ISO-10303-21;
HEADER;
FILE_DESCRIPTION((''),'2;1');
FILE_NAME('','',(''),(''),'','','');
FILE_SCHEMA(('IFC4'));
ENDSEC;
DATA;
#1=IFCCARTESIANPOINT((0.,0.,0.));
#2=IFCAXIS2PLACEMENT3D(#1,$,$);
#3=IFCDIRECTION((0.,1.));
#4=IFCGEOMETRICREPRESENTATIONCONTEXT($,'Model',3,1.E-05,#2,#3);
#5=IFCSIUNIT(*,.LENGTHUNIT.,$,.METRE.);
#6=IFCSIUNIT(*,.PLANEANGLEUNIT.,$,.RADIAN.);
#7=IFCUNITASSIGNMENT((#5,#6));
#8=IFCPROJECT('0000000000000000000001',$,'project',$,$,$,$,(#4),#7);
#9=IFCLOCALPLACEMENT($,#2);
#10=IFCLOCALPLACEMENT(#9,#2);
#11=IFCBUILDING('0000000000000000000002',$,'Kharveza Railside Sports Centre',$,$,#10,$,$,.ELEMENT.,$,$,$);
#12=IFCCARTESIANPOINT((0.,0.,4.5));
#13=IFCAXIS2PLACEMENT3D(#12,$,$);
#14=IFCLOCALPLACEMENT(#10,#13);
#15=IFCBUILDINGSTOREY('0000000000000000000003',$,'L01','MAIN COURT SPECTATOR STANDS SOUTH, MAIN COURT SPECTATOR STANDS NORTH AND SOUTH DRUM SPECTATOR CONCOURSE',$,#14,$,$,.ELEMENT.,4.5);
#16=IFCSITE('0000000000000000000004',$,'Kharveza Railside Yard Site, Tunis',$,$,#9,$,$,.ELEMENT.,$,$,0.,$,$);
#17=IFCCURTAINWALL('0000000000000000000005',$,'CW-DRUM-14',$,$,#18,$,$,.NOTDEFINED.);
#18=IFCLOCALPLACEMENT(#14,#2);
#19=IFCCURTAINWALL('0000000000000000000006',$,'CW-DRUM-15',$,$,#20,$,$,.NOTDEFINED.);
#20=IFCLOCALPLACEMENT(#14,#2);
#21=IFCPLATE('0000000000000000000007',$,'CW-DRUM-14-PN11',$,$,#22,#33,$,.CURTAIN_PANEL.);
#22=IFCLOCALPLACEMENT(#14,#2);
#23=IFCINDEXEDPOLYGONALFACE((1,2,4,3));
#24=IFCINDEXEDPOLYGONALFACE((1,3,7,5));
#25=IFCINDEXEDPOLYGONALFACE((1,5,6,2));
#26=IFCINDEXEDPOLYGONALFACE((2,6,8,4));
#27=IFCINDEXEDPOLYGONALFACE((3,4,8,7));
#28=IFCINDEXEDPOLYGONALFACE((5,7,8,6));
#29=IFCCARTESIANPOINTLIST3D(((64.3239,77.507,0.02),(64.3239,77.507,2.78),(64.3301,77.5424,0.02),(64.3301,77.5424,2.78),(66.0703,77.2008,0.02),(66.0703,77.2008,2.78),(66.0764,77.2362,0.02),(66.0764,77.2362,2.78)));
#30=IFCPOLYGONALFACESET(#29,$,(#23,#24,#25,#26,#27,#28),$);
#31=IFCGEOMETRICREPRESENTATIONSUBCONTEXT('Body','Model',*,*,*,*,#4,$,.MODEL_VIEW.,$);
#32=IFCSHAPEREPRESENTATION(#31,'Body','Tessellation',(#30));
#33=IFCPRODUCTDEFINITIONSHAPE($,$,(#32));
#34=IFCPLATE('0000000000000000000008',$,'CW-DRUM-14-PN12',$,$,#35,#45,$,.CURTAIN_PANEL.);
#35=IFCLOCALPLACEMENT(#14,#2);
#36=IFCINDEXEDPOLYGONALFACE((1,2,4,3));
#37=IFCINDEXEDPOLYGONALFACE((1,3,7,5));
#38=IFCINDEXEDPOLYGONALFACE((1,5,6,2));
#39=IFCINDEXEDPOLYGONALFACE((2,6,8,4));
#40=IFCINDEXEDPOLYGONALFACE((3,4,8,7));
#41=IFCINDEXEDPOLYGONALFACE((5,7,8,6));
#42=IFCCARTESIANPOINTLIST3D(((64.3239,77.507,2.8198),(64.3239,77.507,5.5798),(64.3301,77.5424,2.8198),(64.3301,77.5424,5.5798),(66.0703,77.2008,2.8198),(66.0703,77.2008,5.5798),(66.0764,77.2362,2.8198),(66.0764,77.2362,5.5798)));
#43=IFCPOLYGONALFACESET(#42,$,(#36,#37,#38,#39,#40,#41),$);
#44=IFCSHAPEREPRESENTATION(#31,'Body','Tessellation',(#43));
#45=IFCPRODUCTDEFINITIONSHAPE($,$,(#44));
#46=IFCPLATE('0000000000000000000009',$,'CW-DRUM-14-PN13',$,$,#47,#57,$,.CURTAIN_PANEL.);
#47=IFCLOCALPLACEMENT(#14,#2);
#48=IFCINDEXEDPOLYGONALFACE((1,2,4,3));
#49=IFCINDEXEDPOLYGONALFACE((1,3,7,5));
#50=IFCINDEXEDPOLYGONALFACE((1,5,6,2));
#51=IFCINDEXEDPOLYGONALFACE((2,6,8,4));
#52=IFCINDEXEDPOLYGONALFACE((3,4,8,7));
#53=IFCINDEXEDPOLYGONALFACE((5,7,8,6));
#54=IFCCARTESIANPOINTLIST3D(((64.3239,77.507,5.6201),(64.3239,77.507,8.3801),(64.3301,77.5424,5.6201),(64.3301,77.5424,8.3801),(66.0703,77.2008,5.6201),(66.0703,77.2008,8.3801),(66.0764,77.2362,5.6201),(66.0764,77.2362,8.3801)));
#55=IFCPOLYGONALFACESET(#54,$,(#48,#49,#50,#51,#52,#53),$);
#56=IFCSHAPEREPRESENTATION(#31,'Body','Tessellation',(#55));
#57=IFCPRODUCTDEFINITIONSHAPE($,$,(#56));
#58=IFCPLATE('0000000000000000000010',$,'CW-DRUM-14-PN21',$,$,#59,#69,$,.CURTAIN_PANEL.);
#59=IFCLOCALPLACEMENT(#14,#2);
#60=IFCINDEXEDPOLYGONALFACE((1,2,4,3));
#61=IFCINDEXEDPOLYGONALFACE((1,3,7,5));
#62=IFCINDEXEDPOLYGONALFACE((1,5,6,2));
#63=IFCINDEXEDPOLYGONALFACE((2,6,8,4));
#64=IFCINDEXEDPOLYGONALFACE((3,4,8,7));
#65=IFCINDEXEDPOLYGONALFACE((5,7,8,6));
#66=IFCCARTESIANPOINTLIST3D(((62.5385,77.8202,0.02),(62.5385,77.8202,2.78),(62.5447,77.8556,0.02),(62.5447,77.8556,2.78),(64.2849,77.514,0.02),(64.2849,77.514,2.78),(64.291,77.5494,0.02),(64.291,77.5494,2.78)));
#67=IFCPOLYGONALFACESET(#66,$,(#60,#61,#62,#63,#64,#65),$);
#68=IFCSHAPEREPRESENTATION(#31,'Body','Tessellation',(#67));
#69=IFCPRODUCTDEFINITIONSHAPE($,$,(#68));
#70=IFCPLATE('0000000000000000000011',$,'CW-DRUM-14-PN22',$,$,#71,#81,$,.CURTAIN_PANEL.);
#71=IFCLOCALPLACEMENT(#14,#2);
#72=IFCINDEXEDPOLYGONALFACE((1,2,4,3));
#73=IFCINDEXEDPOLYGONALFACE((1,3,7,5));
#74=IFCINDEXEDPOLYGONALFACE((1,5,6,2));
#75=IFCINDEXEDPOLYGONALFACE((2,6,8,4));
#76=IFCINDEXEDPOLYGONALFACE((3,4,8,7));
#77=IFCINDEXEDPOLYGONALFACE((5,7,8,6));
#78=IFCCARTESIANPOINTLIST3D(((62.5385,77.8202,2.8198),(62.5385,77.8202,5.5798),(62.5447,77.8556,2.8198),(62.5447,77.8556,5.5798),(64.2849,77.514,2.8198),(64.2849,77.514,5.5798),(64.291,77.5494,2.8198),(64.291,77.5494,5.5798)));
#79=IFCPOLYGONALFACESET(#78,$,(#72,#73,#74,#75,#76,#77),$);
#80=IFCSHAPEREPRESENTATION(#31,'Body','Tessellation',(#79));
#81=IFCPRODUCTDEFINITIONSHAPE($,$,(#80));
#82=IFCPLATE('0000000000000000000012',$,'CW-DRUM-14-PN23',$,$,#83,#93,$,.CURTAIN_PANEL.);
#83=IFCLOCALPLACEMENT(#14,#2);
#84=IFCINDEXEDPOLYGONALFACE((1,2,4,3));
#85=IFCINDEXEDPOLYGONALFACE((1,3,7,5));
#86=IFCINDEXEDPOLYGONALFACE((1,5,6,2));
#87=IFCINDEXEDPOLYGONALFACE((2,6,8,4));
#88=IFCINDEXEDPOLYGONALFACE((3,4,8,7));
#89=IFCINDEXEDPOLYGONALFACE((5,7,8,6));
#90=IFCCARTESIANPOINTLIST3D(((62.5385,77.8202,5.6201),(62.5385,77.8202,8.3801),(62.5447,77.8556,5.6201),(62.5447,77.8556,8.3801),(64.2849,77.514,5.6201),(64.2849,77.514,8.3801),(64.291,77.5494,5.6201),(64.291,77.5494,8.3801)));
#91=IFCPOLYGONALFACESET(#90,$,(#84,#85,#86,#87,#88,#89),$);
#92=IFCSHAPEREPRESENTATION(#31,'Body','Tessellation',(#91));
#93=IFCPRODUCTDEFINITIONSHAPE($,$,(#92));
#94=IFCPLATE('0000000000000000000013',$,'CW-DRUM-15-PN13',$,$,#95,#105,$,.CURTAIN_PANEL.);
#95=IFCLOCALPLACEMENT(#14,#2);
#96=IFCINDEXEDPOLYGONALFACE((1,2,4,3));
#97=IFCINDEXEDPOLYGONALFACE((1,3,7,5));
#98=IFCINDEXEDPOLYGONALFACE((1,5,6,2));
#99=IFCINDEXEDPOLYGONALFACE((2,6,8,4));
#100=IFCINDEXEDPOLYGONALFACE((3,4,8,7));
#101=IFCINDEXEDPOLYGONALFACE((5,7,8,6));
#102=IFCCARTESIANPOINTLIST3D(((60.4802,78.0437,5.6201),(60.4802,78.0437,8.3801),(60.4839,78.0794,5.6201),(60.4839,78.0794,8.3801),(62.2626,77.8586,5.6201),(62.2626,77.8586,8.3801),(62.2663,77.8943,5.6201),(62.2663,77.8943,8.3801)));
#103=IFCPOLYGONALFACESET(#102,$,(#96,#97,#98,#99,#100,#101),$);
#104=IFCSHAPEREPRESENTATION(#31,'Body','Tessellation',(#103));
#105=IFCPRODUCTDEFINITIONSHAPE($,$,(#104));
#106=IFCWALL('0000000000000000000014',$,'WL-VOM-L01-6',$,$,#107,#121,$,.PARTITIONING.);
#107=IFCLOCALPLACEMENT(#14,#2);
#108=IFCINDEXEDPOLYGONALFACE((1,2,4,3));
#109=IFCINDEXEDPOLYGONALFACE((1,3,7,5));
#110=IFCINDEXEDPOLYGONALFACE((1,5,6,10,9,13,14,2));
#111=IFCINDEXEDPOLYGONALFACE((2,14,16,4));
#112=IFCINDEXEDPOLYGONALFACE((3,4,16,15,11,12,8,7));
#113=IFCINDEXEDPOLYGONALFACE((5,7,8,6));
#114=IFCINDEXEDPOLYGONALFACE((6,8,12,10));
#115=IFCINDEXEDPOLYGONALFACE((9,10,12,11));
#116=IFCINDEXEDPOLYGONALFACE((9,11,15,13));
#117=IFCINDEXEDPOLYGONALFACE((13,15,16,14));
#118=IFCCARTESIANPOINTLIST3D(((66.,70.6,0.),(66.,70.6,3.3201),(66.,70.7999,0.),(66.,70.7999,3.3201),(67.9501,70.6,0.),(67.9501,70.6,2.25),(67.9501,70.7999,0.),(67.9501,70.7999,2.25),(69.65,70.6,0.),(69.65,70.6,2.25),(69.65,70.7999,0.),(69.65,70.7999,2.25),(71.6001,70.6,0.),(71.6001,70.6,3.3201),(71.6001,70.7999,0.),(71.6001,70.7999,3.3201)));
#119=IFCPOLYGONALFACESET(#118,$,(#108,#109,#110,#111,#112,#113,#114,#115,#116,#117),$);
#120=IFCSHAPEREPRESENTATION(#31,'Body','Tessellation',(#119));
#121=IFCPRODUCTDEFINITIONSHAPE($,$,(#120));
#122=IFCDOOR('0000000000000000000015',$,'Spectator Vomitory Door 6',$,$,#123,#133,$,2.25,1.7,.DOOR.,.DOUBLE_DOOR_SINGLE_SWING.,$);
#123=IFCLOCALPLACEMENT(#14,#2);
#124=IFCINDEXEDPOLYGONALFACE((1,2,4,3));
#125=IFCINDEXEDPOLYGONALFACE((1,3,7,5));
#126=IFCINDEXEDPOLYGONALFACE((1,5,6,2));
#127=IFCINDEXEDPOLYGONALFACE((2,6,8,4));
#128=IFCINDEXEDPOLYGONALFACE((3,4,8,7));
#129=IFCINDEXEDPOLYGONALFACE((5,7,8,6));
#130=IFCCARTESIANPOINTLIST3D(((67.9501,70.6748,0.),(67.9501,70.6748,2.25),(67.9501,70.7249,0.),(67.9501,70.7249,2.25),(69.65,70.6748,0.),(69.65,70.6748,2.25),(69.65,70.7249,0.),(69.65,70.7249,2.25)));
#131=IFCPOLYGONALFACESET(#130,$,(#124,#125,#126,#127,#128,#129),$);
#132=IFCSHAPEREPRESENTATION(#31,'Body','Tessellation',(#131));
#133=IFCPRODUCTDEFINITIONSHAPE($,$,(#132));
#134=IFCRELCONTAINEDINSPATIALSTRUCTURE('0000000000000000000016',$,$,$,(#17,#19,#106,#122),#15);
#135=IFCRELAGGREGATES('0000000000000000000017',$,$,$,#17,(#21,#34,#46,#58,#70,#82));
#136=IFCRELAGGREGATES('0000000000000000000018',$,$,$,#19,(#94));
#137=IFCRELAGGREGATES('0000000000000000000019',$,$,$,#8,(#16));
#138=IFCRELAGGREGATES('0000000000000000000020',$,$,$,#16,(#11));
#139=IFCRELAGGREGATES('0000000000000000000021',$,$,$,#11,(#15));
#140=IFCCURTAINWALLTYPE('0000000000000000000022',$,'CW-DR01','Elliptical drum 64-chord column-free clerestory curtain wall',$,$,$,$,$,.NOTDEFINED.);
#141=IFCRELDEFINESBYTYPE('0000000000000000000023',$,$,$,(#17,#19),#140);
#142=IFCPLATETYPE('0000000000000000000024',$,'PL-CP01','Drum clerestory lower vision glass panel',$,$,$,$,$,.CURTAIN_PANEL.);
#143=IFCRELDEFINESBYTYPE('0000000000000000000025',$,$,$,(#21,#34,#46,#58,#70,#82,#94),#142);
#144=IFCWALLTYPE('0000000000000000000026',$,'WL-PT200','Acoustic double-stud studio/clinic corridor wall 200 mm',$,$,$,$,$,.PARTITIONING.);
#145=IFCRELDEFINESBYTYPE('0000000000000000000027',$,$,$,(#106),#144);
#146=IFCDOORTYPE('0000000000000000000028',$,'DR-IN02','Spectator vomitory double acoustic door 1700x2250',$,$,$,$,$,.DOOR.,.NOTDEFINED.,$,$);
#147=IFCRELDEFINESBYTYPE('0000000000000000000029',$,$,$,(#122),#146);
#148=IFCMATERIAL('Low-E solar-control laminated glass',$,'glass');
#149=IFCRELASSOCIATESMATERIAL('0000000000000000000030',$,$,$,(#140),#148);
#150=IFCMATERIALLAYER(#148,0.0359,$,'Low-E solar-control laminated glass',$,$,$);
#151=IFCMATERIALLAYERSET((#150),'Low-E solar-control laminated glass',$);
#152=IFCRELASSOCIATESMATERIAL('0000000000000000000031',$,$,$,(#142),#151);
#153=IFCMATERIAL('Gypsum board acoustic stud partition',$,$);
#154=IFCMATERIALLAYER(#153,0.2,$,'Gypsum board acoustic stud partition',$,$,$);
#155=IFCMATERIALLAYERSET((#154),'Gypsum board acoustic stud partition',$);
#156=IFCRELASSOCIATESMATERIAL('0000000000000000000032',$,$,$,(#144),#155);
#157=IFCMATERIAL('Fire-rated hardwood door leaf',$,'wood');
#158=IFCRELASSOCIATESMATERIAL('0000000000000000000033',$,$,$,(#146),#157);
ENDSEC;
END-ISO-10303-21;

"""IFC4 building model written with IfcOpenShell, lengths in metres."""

from ifc_helpers import new_model, si_unit, direction, frame, frame_2d, origin, origin_2d, place, context, subcontext, project, spatial, rectangle, extrude, material, layer, layer_set, type_object, element, fill, aggregate, save


model = new_model("IFC4")

# Units and contexts
model_context = context("Model", 3, precision=1e-05, world=origin(), true_north=direction((0.0, 1.0)))
body_context = subcontext(model_context, "Body", "Model", "MODEL_VIEW")
ifc_project = project(units=[si_unit("LENGTHUNIT", "METRE"), si_unit("PLANEANGLEUNIT", "RADIAN")], contexts=[model_context])

# Site, building, storey
site_placement = place(None, origin())
site = spatial("IfcSite", under=ifc_project, at=site_placement, Name="Kharveza Railside Yard Site, Tunis", CompositionType="ELEMENT", RefElevation=0.0)
building_placement = place(site_placement, origin())
building = spatial("IfcBuilding", under=site, at=building_placement, Name="Kharveza Railside Sports Centre", CompositionType="ELEMENT")
storey_placement = place(building_placement, frame((0.0, 0.0, 4.5)))
storey = spatial("IfcBuildingStorey", under=building, at=storey_placement, Name="L01", Description="MAIN COURT SPECTATOR STANDS SOUTH, MAIN COURT SPECTATOR STANDS NORTH AND SOUTH DRUM SPECTATOR CONCOURSE", CompositionType="ELEMENT", Elevation=4.5)

# Curtain wall
ifc_material_1 = material(Name="Low-E solar-control laminated glass", Category="glass")
curtain_wall_type = type_object("IfcCurtainWallType", Name="CW-DR01", Description="Elliptical drum 64-chord column-free clerestory curtain wall", PredefinedType="NOTDEFINED", material=ifc_material_1)
curtain_wall_1_placement = place(storey_placement, origin())
curtain_wall_1 = element("IfcCurtainWall", 1, at=curtain_wall_1_placement, inside=storey, type_object=curtain_wall_type, Name="CW-DRUM-14", PredefinedType="NOTDEFINED")

# Curtain wall
curtain_wall_2_placement = place(storey_placement, origin())
curtain_wall_2 = element("IfcCurtainWall", 2, at=curtain_wall_2_placement, inside=storey, type_object=curtain_wall_type, Name="CW-DRUM-15", PredefinedType="NOTDEFINED")

# Plates
ifc_layer_1 = layer(ifc_material_1, 0.0359, Name="Low-E solar-control laminated glass")
ifc_layer_set_1 = layer_set([ifc_layer_1], Name="Low-E solar-control laminated glass")
plate_type = type_object("IfcPlateType", Name="PL-CP01", Description="Drum clerestory lower vision glass panel", PredefinedType="CURTAIN_PANEL", material=ifc_layer_set_1)
plate_1_placement = place(storey_placement, frame((65.2002, 77.3716, 0.02), z_axis=(0.0, 0.0, 1.0), x_axis=(-0.984974, 0.172703, 0.0)))
plate_1 = element("IfcPlate", 3, at=plate_1_placement, type_object=plate_type, Name="CW-DRUM-14-PN11", PredefinedType="CURTAIN_PANEL", context=body_context, shape_type="SweptSolid", body=[
    extrude(rectangle(XDim=1.7729, YDim=0.0359, at=origin_2d()), origin(), (0.0, 0.0, 1.0), 2.76),
])
plate_2_placement = place(storey_placement, frame((65.2002, 77.3716, 2.8198), z_axis=(0.0, 0.0, 1.0), x_axis=(-0.984974, 0.172703, 0.0)))
plate_2 = element("IfcPlate", 4, at=plate_2_placement, type_object=plate_type, Name="CW-DRUM-14-PN12", PredefinedType="CURTAIN_PANEL", context=body_context, shape_type="SweptSolid", body=[
    extrude(rectangle(XDim=1.7729, YDim=0.0359, at=origin_2d()), origin(), (0.0, 0.0, 1.0), 2.76),
])
plate_3_placement = place(storey_placement, frame((65.2002, 77.3716, 5.6201), z_axis=(0.0, 0.0, 1.0), x_axis=(-0.984974, 0.172703, 0.0)))
plate_3 = element("IfcPlate", 5, at=plate_3_placement, type_object=plate_type, Name="CW-DRUM-14-PN13", PredefinedType="CURTAIN_PANEL", context=body_context, shape_type="SweptSolid", body=[
    extrude(rectangle(XDim=1.7729, YDim=0.0359, at=origin_2d()), origin(), (0.0, 0.0, 1.0), 2.76),
])
plate_4_placement = place(storey_placement, frame((63.4148, 77.6848, 0.02), z_axis=(0.0, 0.0, 1.0), x_axis=(-0.984974, 0.172703, 0.0)))
plate_4 = element("IfcPlate", 6, at=plate_4_placement, type_object=plate_type, Name="CW-DRUM-14-PN21", PredefinedType="CURTAIN_PANEL", context=body_context, shape_type="SweptSolid", body=[
    extrude(rectangle(XDim=1.7729, YDim=0.0359, at=origin_2d()), origin(), (0.0, 0.0, 1.0), 2.76),
])
plate_5_placement = place(storey_placement, frame((63.4148, 77.6848, 2.8198), z_axis=(0.0, 0.0, 1.0), x_axis=(-0.984974, 0.172703, 0.0)))
plate_5 = element("IfcPlate", 7, at=plate_5_placement, type_object=plate_type, Name="CW-DRUM-14-PN22", PredefinedType="CURTAIN_PANEL", context=body_context, shape_type="SweptSolid", body=[
    extrude(rectangle(XDim=1.7729, YDim=0.0359, at=origin_2d()), origin(), (0.0, 0.0, 1.0), 2.76),
])
plate_6_placement = place(storey_placement, frame((63.4148, 77.6848, 5.6201), z_axis=(0.0, 0.0, 1.0), x_axis=(-0.984974, 0.172703, 0.0)))
plate_6 = element("IfcPlate", 8, at=plate_6_placement, type_object=plate_type, Name="CW-DRUM-14-PN23", PredefinedType="CURTAIN_PANEL", context=body_context, shape_type="SweptSolid", body=[
    extrude(rectangle(XDim=1.7729, YDim=0.0359, at=origin_2d()), origin(), (0.0, 0.0, 1.0), 2.76),
])
aggregate(curtain_wall_1, [plate_1, plate_2, plate_3, plate_4, plate_5, plate_6])
plate_7_placement = place(storey_placement, frame((61.3733, 77.969, 5.6201), z_axis=(0.0, 0.0, 1.0), x_axis=(-0.994652, 0.103279, 0.0)))
plate_7 = element("IfcPlate", 9, at=plate_7_placement, type_object=plate_type, Name="CW-DRUM-15-PN13", PredefinedType="CURTAIN_PANEL", context=body_context, shape_type="SweptSolid", body=[
    extrude(rectangle(XDim=1.792, YDim=0.0359, at=origin_2d()), origin(), (0.0, 0.0, 1.0), 2.76),
])
aggregate(curtain_wall_2, [plate_7])

# Wall, opening, door
ifc_material_2 = material(Name="Gypsum board acoustic stud partition")
ifc_layer_2 = layer(ifc_material_2, 0.2, Name="Gypsum board acoustic stud partition")
ifc_layer_set_2 = layer_set([ifc_layer_2], Name="Gypsum board acoustic stud partition")
wall_type = type_object("IfcWallType", Name="WL-PT200", Description="Acoustic double-stud studio/clinic corridor wall 200 mm", PredefinedType="PARTITIONING", material=ifc_layer_set_2)
wall_placement = place(storey_placement, frame((66.0, 70.7, 0.0), z_axis=(0.0, 0.0, 1.0), x_axis=(1.0, 0.0, 0.0)))
wall = element("IfcWall", 10, at=wall_placement, inside=storey, type_object=wall_type, Name="WL-VOM-L01-6", PredefinedType="PARTITIONING", context=body_context, shape_type="SweptSolid", body=[
    extrude(rectangle(XDim=5.6001, YDim=0.2, at=frame_2d((2.8, 0.0))), origin(), (0.0, 0.0, 1.0), 3.3201),
])
opening_placement = place(wall_placement, frame((1.95, 0.0, 0.0)))
opening = element("IfcOpeningElement", 11, at=opening_placement, cuts=wall, PredefinedType="OPENING", context=body_context, shape_type="SweptSolid", body=[
    extrude(rectangle(XDim=1.7, YDim=2.25, at=frame_2d((0.8501, 1.125))), frame((0.0, 0.125, 0.0), z_axis=(0.0, -1.0, 0.0), x_axis=(1.0, 0.0, 0.0)), (0.0, 0.0, 1.0), 0.2498),
])
ifc_material_3 = material(Name="Fire-rated hardwood door leaf", Category="wood")
door_type = type_object("IfcDoorType", Name="DR-IN02", Description="Spectator vomitory double acoustic door 1700x2250", OperationType="NOTDEFINED", PredefinedType="DOOR", material=ifc_material_3)
door_placement = place(opening_placement, origin())
door = element("IfcDoor", 12, at=door_placement, inside=storey, type_object=door_type, Name="Spectator Vomitory Door 6", OperationType="DOUBLE_DOOR_SINGLE_SWING", OverallHeight=2.25, OverallWidth=1.7, PredefinedType="DOOR", context=body_context, shape_type="SweptSolid", body=[
    extrude(rectangle(XDim=1.7, YDim=2.25, at=frame_2d((0.8501, 1.125))), frame((0.0, 0.0249, 0.0), z_axis=(0.0, -1.0, 0.0), x_axis=(1.0, 0.0, 0.0)), (0.0, 0.0, 1.0), 0.05),
])
fill(opening, door)

save(model, "model.ifc")
